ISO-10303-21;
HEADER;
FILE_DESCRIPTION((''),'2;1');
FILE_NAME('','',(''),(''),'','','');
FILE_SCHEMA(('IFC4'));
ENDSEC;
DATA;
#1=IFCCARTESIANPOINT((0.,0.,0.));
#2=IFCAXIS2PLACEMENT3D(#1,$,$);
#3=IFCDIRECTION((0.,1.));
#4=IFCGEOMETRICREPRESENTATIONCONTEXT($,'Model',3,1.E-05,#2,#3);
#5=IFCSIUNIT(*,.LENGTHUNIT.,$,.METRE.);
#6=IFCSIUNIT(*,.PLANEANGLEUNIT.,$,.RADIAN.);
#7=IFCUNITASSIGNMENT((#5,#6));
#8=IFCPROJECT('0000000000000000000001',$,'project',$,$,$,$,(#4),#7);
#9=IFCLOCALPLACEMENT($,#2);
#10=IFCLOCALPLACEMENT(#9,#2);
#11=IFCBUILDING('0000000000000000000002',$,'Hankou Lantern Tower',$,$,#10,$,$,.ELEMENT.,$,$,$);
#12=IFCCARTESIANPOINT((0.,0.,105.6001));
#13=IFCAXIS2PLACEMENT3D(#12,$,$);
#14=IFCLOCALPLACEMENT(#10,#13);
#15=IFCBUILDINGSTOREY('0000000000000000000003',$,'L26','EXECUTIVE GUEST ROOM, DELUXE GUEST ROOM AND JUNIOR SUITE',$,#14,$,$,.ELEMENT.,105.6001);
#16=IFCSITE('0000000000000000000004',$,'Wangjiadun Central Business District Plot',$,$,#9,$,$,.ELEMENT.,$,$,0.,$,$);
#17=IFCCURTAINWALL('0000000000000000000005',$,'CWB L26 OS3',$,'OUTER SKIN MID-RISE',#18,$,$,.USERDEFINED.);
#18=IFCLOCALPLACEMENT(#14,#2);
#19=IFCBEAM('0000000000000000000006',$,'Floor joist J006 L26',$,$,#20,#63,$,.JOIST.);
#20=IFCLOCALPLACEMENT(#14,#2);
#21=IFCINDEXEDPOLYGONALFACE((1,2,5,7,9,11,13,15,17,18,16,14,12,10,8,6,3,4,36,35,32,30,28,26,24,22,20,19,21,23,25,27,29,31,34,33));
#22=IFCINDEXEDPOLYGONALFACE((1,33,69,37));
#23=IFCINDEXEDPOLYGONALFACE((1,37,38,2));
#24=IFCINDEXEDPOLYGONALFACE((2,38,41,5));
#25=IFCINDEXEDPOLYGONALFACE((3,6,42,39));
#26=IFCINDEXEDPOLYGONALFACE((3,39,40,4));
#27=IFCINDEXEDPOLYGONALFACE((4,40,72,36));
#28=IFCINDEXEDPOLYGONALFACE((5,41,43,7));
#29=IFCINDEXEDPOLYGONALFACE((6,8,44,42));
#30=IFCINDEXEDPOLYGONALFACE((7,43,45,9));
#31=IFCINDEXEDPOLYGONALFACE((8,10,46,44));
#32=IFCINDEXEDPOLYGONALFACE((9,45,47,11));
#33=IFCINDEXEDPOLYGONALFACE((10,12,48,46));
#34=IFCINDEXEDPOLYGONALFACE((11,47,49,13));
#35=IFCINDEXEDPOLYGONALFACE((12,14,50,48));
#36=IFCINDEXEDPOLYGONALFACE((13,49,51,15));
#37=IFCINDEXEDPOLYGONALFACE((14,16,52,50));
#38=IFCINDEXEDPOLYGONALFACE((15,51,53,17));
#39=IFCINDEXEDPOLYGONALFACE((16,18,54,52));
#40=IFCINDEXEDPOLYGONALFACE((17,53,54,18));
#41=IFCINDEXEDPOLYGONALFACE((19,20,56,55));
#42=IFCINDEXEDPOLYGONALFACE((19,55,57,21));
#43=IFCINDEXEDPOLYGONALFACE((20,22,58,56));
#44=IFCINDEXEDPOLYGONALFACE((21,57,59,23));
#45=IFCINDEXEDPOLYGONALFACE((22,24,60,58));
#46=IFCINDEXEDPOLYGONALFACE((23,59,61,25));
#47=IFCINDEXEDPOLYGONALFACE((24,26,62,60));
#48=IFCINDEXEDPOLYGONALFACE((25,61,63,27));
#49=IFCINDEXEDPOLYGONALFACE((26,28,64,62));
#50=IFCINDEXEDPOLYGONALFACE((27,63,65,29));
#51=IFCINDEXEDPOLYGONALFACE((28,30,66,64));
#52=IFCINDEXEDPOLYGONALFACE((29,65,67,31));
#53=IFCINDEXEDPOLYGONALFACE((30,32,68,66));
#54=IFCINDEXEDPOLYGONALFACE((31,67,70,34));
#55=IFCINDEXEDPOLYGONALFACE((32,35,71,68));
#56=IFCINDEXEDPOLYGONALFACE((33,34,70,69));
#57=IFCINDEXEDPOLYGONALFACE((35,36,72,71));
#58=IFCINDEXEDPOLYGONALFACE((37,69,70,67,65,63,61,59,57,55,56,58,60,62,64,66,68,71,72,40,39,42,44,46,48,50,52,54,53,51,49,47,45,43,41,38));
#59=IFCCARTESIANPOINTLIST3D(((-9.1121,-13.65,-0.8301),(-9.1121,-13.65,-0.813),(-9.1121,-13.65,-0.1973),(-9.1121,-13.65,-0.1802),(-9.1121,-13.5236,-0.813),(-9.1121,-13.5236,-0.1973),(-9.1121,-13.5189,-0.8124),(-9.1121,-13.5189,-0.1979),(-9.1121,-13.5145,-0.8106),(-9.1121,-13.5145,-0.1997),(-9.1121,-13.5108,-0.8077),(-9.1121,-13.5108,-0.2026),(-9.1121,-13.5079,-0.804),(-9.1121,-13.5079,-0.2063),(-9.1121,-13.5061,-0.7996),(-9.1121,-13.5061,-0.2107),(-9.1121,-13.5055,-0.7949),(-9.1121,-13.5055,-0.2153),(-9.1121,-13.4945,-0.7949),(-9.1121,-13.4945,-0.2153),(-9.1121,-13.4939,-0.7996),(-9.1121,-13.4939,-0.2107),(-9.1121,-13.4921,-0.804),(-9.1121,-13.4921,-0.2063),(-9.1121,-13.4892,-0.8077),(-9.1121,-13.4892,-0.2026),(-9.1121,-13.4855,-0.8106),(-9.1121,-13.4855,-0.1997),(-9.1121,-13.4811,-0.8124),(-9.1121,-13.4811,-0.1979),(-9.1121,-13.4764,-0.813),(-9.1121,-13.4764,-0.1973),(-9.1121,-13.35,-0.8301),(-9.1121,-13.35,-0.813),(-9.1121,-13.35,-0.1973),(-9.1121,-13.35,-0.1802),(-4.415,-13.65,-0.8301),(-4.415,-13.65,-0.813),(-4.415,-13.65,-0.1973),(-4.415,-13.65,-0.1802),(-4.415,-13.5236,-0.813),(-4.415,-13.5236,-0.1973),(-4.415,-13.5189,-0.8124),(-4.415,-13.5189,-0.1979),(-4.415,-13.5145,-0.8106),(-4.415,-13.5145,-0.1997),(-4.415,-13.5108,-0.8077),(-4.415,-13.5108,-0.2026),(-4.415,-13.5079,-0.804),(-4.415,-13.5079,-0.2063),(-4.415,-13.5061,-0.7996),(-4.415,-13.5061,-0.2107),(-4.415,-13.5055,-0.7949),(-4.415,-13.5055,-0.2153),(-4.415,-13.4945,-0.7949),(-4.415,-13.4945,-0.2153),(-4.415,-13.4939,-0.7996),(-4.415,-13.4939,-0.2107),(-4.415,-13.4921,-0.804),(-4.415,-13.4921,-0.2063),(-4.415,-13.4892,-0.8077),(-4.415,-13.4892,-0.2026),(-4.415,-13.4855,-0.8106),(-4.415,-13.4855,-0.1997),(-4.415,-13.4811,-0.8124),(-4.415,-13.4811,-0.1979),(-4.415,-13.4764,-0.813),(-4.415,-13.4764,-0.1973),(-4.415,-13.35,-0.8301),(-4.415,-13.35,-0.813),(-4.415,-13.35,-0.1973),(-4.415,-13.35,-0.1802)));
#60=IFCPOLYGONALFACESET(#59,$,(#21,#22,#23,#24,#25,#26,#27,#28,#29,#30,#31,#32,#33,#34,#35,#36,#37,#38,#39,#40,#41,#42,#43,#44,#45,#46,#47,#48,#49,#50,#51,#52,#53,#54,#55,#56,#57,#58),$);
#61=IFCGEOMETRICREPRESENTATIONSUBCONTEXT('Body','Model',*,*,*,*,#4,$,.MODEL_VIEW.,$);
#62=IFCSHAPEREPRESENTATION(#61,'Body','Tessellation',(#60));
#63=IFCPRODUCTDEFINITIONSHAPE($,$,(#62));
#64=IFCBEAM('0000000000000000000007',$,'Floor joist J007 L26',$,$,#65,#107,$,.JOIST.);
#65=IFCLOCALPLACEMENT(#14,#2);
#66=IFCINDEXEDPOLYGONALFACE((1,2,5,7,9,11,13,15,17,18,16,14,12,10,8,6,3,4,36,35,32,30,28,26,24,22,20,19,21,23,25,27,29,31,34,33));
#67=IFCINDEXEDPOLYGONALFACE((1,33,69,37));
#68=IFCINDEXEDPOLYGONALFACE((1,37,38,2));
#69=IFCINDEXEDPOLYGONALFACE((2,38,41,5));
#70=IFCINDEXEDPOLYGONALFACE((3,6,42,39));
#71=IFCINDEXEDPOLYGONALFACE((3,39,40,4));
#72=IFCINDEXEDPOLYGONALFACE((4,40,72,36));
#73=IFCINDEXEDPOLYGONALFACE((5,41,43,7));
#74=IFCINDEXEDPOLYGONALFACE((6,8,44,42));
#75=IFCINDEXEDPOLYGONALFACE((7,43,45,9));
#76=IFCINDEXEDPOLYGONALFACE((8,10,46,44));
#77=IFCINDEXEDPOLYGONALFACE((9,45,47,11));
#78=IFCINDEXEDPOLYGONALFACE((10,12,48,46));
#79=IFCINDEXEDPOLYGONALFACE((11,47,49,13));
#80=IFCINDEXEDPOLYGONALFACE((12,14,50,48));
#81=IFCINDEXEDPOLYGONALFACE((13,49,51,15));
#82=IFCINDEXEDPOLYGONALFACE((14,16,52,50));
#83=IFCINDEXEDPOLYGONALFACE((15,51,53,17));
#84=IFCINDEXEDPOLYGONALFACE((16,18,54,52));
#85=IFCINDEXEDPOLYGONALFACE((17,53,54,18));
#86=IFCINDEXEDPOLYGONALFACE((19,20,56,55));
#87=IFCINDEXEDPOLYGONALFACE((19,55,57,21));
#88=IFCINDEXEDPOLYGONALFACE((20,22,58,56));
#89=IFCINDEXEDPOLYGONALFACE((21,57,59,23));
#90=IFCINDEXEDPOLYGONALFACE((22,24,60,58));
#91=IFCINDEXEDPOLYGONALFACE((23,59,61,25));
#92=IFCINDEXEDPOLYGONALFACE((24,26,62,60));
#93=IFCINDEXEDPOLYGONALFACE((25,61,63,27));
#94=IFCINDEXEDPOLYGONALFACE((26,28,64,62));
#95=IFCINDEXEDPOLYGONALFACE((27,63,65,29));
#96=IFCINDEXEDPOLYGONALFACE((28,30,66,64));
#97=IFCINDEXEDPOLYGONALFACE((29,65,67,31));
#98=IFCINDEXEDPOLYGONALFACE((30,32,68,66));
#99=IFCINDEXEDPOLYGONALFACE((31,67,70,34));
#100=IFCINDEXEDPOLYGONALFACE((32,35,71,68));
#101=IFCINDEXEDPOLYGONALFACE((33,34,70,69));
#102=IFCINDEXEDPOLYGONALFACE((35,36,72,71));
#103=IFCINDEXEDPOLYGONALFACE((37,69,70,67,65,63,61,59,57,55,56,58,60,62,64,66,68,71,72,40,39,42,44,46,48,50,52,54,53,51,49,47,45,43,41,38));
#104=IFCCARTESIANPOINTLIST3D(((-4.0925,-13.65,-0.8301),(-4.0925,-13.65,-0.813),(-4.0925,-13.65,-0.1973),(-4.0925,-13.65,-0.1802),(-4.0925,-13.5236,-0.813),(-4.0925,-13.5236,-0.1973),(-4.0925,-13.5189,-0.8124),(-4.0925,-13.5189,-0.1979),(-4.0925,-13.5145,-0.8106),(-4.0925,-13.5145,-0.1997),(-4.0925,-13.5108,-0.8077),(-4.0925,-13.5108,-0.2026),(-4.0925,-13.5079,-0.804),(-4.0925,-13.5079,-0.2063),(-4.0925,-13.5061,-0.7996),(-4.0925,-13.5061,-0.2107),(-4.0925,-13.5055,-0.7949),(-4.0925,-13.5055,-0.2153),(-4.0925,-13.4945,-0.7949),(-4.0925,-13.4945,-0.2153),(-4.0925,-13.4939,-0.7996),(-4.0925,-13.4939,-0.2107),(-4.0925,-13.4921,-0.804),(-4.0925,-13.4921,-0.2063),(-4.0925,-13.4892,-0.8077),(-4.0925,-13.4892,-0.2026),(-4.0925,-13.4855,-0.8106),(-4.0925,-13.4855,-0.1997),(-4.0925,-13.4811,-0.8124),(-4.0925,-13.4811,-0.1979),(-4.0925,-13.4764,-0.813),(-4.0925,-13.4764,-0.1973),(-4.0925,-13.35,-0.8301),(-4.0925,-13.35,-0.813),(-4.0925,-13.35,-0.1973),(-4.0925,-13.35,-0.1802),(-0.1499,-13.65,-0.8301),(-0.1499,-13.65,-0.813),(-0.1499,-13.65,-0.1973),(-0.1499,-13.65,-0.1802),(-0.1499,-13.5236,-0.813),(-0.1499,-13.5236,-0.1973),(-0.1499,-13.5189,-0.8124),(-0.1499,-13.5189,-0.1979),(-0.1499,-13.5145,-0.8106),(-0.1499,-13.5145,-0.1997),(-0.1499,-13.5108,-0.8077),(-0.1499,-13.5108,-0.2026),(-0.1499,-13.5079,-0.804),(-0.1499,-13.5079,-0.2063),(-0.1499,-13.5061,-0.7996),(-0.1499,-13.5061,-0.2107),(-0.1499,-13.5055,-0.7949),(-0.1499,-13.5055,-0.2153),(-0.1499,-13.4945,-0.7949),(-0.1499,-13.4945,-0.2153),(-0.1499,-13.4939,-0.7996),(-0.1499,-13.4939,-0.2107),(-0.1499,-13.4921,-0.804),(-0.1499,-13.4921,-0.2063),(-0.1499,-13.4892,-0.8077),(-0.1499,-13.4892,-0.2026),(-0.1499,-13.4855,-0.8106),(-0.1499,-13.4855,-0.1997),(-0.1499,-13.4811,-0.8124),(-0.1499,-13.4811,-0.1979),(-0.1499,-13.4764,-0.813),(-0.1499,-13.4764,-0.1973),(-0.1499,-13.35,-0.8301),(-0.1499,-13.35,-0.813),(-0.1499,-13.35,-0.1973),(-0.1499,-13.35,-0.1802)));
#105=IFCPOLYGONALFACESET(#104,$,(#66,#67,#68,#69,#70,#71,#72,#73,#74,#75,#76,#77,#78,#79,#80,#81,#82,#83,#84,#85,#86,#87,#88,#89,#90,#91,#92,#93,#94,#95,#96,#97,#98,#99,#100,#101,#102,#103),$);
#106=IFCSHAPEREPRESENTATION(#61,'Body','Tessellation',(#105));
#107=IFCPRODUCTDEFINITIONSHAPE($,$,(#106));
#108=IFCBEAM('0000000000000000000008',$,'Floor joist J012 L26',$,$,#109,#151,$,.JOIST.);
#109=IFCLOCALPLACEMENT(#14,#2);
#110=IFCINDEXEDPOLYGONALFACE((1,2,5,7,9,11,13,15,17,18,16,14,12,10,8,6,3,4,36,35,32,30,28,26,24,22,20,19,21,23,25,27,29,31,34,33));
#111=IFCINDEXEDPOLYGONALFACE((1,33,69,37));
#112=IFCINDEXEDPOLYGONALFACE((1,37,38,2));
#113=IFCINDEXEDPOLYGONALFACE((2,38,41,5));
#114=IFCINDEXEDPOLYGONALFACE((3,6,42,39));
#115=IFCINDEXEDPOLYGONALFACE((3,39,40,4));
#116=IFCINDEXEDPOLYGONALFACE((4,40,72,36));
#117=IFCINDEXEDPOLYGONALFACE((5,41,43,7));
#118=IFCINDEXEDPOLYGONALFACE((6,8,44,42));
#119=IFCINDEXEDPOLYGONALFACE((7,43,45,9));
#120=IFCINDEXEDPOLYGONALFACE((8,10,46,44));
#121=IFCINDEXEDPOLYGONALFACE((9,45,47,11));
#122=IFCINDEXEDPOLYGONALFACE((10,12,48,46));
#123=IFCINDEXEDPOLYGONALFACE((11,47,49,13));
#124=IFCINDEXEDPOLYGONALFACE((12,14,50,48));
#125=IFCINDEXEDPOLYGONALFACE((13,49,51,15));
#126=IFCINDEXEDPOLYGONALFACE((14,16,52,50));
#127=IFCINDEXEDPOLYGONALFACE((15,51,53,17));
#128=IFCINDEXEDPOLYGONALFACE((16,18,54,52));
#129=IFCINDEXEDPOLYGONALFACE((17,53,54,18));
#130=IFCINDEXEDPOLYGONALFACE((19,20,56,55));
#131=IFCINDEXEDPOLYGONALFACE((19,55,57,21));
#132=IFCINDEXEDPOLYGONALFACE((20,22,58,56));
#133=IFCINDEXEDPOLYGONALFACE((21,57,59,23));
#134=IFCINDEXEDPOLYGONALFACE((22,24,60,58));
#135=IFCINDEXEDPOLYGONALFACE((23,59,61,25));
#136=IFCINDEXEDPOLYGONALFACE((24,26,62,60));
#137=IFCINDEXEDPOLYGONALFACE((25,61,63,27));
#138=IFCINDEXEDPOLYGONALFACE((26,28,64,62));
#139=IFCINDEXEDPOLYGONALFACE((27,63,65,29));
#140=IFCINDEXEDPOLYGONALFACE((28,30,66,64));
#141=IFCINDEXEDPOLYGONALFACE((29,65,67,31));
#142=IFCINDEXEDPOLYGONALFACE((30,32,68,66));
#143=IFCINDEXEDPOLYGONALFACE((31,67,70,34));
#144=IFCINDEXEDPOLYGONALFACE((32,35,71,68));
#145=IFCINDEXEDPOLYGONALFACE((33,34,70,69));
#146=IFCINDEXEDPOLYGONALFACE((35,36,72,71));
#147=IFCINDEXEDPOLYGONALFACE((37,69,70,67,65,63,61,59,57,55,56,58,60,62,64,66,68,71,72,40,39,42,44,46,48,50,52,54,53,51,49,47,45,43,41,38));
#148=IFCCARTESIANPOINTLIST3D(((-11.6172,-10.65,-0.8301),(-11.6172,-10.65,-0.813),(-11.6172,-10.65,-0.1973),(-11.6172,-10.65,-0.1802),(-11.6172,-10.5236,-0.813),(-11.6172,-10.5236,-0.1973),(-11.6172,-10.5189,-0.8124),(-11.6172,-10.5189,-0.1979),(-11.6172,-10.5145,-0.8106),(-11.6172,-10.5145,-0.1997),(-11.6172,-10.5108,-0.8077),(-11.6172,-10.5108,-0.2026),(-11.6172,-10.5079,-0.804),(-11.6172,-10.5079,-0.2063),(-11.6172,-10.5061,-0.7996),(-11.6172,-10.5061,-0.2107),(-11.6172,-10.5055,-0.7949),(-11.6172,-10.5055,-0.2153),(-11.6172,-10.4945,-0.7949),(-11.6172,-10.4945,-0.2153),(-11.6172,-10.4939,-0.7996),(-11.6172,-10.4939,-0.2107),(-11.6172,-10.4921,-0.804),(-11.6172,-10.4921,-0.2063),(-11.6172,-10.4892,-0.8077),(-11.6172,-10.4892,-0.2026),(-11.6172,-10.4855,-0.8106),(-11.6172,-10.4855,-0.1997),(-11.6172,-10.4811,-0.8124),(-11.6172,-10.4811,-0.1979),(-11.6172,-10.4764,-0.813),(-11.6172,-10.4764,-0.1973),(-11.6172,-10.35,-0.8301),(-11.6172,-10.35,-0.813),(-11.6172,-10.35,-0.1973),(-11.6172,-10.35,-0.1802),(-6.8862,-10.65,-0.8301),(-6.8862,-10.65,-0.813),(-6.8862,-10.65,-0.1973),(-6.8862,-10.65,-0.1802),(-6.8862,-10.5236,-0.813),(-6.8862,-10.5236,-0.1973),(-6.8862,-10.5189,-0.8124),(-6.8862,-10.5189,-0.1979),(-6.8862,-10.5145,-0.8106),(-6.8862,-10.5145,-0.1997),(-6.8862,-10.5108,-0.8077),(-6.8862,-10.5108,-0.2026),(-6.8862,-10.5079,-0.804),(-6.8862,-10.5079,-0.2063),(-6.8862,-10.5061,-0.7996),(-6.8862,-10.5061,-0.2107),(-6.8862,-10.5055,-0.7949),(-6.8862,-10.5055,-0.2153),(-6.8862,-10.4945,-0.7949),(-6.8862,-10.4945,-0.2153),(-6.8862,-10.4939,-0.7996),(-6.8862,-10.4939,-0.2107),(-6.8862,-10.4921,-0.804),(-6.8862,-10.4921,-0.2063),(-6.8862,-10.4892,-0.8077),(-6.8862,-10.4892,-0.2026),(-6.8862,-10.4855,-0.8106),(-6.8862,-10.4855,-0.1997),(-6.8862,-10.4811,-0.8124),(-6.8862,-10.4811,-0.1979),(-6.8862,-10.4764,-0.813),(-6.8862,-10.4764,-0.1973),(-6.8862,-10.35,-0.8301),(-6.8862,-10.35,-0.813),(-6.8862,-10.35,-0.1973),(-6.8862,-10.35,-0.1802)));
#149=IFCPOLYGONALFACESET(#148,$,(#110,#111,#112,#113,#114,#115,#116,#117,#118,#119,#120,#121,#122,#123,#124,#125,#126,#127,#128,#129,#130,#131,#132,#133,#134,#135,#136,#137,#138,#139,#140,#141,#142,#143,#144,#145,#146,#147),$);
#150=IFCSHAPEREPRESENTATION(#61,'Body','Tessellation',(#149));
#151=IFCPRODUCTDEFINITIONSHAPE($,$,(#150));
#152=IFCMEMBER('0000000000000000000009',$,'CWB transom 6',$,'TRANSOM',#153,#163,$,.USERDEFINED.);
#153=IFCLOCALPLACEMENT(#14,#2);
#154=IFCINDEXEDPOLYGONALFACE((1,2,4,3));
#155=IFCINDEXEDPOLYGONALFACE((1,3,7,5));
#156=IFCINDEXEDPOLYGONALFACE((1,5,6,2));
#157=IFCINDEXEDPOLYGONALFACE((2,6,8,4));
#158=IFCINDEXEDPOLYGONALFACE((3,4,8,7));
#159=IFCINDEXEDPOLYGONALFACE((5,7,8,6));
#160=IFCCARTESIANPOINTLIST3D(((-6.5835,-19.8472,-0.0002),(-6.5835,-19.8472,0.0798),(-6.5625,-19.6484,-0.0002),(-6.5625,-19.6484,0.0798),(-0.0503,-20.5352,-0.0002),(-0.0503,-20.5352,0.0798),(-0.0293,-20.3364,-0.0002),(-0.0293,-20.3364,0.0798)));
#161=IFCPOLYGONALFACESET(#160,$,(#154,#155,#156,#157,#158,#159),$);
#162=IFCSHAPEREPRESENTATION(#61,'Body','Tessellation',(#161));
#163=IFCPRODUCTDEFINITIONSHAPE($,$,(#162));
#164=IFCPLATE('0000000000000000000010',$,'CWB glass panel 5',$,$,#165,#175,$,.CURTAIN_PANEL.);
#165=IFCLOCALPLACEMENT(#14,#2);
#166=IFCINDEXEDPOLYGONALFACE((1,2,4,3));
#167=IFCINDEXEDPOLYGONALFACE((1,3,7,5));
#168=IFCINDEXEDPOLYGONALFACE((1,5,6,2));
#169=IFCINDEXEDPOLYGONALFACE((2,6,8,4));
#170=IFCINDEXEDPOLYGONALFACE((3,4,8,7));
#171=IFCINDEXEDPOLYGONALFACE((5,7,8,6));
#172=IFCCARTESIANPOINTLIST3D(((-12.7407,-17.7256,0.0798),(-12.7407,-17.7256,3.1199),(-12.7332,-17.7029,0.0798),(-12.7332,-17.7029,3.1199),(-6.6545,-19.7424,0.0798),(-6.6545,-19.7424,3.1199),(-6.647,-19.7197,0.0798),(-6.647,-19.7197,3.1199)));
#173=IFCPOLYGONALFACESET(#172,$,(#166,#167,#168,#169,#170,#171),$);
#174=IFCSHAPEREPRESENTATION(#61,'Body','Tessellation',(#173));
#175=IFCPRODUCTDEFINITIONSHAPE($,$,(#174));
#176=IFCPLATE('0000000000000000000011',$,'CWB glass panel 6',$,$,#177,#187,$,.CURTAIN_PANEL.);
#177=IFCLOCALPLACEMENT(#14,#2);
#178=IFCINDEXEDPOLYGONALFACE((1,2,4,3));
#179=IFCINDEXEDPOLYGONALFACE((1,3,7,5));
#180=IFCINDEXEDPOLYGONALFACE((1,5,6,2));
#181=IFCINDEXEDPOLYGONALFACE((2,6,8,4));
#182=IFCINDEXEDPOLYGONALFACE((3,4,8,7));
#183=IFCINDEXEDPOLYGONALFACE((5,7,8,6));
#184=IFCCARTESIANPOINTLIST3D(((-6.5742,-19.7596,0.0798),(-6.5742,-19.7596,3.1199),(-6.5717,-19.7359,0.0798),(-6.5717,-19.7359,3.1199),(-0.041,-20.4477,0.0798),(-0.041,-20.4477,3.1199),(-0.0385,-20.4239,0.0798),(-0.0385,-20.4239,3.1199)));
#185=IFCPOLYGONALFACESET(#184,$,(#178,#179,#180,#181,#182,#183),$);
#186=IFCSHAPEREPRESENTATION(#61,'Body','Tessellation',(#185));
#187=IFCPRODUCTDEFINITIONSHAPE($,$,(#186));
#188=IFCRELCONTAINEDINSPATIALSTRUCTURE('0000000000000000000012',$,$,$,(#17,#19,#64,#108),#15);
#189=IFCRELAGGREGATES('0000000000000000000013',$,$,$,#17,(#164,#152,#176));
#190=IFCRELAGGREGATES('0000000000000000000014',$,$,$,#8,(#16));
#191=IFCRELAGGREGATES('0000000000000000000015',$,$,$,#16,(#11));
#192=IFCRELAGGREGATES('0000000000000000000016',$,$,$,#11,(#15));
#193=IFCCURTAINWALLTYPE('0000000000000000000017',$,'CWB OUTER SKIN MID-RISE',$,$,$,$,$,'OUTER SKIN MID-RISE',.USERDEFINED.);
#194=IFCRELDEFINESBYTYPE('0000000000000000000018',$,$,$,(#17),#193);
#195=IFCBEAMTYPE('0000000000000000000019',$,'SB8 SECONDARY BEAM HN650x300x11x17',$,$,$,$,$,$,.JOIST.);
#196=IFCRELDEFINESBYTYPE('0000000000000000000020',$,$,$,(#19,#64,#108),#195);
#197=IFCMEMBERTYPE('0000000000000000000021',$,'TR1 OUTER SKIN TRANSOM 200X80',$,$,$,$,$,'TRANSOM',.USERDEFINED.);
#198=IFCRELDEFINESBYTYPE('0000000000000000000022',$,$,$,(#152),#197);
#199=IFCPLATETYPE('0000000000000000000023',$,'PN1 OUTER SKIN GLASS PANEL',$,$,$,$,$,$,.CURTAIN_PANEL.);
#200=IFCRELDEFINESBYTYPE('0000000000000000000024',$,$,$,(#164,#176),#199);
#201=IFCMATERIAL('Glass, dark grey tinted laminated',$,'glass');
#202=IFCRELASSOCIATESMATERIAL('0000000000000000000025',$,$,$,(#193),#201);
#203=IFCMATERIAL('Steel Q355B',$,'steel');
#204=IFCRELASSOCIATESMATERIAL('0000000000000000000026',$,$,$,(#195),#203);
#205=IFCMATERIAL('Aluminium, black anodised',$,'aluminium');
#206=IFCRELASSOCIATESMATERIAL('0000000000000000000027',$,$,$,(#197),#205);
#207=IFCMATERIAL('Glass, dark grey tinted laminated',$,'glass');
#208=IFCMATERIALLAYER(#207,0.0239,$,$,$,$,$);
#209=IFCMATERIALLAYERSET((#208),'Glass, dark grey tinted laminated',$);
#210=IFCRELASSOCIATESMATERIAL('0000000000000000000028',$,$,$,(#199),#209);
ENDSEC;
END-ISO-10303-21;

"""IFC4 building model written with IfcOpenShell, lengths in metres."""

from ifc_helpers import new_model, si_unit, direction, frame, origin, origin_2d, place, context, subcontext, project, spatial, rectangle, i_section, extrude, material, layer, layer_set, material_profile, profile_set, type_object, element, aggregate, save


model = new_model("IFC4")

# Units and contexts
model_context = context("Model", 3, precision=1e-05, world=origin(), true_north=direction((0.0, 1.0)))
body_context = subcontext(model_context, "Body", "Model", "MODEL_VIEW")
ifc_project = project(units=[si_unit("LENGTHUNIT", "METRE"), si_unit("PLANEANGLEUNIT", "RADIAN")], contexts=[model_context])

# Site, building, storey
site_placement = place(None, origin())
site = spatial("IfcSite", under=ifc_project, at=site_placement, Name="Wangjiadun Central Business District Plot", CompositionType="ELEMENT", RefElevation=0.0)
building_placement = place(site_placement, origin())
building = spatial("IfcBuilding", under=site, at=building_placement, Name="Hankou Lantern Tower", CompositionType="ELEMENT")
storey_placement = place(building_placement, frame((0.0, 0.0, 105.6001)))
storey = spatial("IfcBuildingStorey", under=building, at=storey_placement, Name="L26", Description="EXECUTIVE GUEST ROOM, DELUXE GUEST ROOM AND JUNIOR SUITE", CompositionType="ELEMENT", Elevation=105.6001)

# Curtain wall
ifc_material_1 = material(Name="Glass, dark grey tinted laminated", Category="glass")
curtain_wall_type = type_object("IfcCurtainWallType", Name="CWB OUTER SKIN MID-RISE", ElementType="OUTER SKIN MID-RISE", PredefinedType="USERDEFINED", material=ifc_material_1)
curtain_wall_placement = place(storey_placement, origin())
curtain_wall = element("IfcCurtainWall", 1, at=curtain_wall_placement, inside=storey, type_object=curtain_wall_type, Name="CWB L26 OS3", ObjectType="OUTER SKIN MID-RISE", PredefinedType="USERDEFINED")

# Beams
ifc_material_2 = material(Name="Steel Q355B", Category="steel")
ifc_material_profile_1 = material_profile(ifc_material_2, i_section(OverallWidth=0.3, OverallDepth=0.6499, WebThickness=0.011, FlangeThickness=0.0171, FilletRadius=0.0181, at=origin_2d()), Name="HN650x300x11x17")
ifc_profile_set_1 = profile_set([ifc_material_profile_1], Name="Steel Q355B")
beam_type_1 = type_object("IfcBeamType", Name="SB8 SECONDARY BEAM HN650x300x11x17", PredefinedType="JOIST", material=ifc_profile_set_1)
beam_1_placement = place(storey_placement, frame((-9.1121, -13.5, -0.5051), z_axis=(1.0, 0.0, 0.0), x_axis=(0.0, 1.0, 0.0)))
element("IfcBeam", 2, at=beam_1_placement, inside=storey, type_object=beam_type_1, Name="Floor joist J006 L26", PredefinedType="JOIST", context=body_context, shape_type="SweptSolid", body=[
    extrude(i_section(OverallWidth=0.3, OverallDepth=0.6499, WebThickness=0.011, FlangeThickness=0.0171, FilletRadius=0.0181, at=origin_2d()), origin(), (0.0, 0.0, 1.0), 4.697),
])
beam_2_placement = place(storey_placement, frame((-4.0925, -13.5, -0.5051), z_axis=(1.0, 0.0, 0.0), x_axis=(0.0, 1.0, 0.0)))
element("IfcBeam", 3, at=beam_2_placement, inside=storey, type_object=beam_type_1, Name="Floor joist J007 L26", PredefinedType="JOIST", context=body_context, shape_type="SweptSolid", body=[
    extrude(i_section(OverallWidth=0.3, OverallDepth=0.6499, WebThickness=0.011, FlangeThickness=0.0171, FilletRadius=0.0181, at=origin_2d()), origin(), (0.0, 0.0, 1.0), 3.9426),
])
beam_3_placement = place(storey_placement, frame((-11.6172, -10.5, -0.5051), z_axis=(1.0, 0.0, 0.0), x_axis=(0.0, 1.0, 0.0)))
element("IfcBeam", 4, at=beam_3_placement, inside=storey, type_object=beam_type_1, Name="Floor joist J012 L26", PredefinedType="JOIST", context=body_context, shape_type="SweptSolid", body=[
    extrude(i_section(OverallWidth=0.3, OverallDepth=0.6499, WebThickness=0.011, FlangeThickness=0.0171, FilletRadius=0.0181, at=origin_2d()), origin(), (0.0, 0.0, 1.0), 4.731),
])

# Member
ifc_material_3 = material(Name="Aluminium, black anodised", Category="aluminium")
ifc_material_profile_2 = material_profile(ifc_material_3, rectangle(XDim=0.2, YDim=0.0801, at=origin_2d()), Name="TR1 200X80")
ifc_profile_set_2 = profile_set([ifc_material_profile_2], Name="Aluminium, black anodised")
member_type_1 = type_object("IfcMemberType", Name="TR1 OUTER SKIN TRANSOM 200X80", ElementType="TRANSOM", PredefinedType="USERDEFINED", material=ifc_profile_set_2)
member_1_placement = place(storey_placement, frame((-6.573, -19.7478, 0.0398), z_axis=(0.994501, -0.104727, 0.0), x_axis=(0.104727, 0.994501, 0.0)))
member_1 = element("IfcMember", 5, at=member_1_placement, type_object=member_type_1, Name="CWB transom 6", ObjectType="TRANSOM", PredefinedType="USERDEFINED", context=body_context, shape_type="SweptSolid", body=[
    extrude(rectangle(XDim=0.2, YDim=0.0801, at=origin_2d()), origin(), (0.0, 0.0, 1.0), 6.5693),
])

# Plates
ifc_material_4 = material(Name="Glass, dark grey tinted laminated", Category="glass")
ifc_layer_1 = layer(ifc_material_4, 0.0239)
ifc_layer_set_1 = layer_set([ifc_layer_1], Name="Glass, dark grey tinted laminated")
plate_type = type_object("IfcPlateType", Name="PN1 OUTER SKIN GLASS PANEL", PredefinedType="CURTAIN_PANEL", material=ifc_layer_set_1)
plate_1_placement = place(storey_placement, frame((-9.6938, -18.7227, 0.0798), z_axis=(0.0, 0.0, 1.0), x_axis=(0.949241, -0.314551, 0.0)))
plate_1 = element("IfcPlate", 6, at=plate_1_placement, type_object=plate_type, Name="CWB glass panel 5", PredefinedType="CURTAIN_PANEL", context=body_context, shape_type="SweptSolid", body=[
    extrude(rectangle(XDim=6.4116, YDim=0.0239, at=origin_2d()), origin(), (0.0, 0.0, 1.0), 3.04),
])
plate_2_placement = place(storey_placement, frame((-3.3064, -20.0918, 0.0798), z_axis=(0.0, 0.0, 1.0), x_axis=(0.994499, -0.104743, 0.0)))
plate_2 = element("IfcPlate", 7, at=plate_2_placement, type_object=plate_type, Name="CWB glass panel 6", PredefinedType="CURTAIN_PANEL", context=body_context, shape_type="SweptSolid", body=[
    extrude(rectangle(XDim=6.5693, YDim=0.0239, at=origin_2d()), origin(), (0.0, 0.0, 1.0), 3.04),
])
aggregate(curtain_wall, [plate_1, member_1, plate_2])

save(model, "model.ifc")
